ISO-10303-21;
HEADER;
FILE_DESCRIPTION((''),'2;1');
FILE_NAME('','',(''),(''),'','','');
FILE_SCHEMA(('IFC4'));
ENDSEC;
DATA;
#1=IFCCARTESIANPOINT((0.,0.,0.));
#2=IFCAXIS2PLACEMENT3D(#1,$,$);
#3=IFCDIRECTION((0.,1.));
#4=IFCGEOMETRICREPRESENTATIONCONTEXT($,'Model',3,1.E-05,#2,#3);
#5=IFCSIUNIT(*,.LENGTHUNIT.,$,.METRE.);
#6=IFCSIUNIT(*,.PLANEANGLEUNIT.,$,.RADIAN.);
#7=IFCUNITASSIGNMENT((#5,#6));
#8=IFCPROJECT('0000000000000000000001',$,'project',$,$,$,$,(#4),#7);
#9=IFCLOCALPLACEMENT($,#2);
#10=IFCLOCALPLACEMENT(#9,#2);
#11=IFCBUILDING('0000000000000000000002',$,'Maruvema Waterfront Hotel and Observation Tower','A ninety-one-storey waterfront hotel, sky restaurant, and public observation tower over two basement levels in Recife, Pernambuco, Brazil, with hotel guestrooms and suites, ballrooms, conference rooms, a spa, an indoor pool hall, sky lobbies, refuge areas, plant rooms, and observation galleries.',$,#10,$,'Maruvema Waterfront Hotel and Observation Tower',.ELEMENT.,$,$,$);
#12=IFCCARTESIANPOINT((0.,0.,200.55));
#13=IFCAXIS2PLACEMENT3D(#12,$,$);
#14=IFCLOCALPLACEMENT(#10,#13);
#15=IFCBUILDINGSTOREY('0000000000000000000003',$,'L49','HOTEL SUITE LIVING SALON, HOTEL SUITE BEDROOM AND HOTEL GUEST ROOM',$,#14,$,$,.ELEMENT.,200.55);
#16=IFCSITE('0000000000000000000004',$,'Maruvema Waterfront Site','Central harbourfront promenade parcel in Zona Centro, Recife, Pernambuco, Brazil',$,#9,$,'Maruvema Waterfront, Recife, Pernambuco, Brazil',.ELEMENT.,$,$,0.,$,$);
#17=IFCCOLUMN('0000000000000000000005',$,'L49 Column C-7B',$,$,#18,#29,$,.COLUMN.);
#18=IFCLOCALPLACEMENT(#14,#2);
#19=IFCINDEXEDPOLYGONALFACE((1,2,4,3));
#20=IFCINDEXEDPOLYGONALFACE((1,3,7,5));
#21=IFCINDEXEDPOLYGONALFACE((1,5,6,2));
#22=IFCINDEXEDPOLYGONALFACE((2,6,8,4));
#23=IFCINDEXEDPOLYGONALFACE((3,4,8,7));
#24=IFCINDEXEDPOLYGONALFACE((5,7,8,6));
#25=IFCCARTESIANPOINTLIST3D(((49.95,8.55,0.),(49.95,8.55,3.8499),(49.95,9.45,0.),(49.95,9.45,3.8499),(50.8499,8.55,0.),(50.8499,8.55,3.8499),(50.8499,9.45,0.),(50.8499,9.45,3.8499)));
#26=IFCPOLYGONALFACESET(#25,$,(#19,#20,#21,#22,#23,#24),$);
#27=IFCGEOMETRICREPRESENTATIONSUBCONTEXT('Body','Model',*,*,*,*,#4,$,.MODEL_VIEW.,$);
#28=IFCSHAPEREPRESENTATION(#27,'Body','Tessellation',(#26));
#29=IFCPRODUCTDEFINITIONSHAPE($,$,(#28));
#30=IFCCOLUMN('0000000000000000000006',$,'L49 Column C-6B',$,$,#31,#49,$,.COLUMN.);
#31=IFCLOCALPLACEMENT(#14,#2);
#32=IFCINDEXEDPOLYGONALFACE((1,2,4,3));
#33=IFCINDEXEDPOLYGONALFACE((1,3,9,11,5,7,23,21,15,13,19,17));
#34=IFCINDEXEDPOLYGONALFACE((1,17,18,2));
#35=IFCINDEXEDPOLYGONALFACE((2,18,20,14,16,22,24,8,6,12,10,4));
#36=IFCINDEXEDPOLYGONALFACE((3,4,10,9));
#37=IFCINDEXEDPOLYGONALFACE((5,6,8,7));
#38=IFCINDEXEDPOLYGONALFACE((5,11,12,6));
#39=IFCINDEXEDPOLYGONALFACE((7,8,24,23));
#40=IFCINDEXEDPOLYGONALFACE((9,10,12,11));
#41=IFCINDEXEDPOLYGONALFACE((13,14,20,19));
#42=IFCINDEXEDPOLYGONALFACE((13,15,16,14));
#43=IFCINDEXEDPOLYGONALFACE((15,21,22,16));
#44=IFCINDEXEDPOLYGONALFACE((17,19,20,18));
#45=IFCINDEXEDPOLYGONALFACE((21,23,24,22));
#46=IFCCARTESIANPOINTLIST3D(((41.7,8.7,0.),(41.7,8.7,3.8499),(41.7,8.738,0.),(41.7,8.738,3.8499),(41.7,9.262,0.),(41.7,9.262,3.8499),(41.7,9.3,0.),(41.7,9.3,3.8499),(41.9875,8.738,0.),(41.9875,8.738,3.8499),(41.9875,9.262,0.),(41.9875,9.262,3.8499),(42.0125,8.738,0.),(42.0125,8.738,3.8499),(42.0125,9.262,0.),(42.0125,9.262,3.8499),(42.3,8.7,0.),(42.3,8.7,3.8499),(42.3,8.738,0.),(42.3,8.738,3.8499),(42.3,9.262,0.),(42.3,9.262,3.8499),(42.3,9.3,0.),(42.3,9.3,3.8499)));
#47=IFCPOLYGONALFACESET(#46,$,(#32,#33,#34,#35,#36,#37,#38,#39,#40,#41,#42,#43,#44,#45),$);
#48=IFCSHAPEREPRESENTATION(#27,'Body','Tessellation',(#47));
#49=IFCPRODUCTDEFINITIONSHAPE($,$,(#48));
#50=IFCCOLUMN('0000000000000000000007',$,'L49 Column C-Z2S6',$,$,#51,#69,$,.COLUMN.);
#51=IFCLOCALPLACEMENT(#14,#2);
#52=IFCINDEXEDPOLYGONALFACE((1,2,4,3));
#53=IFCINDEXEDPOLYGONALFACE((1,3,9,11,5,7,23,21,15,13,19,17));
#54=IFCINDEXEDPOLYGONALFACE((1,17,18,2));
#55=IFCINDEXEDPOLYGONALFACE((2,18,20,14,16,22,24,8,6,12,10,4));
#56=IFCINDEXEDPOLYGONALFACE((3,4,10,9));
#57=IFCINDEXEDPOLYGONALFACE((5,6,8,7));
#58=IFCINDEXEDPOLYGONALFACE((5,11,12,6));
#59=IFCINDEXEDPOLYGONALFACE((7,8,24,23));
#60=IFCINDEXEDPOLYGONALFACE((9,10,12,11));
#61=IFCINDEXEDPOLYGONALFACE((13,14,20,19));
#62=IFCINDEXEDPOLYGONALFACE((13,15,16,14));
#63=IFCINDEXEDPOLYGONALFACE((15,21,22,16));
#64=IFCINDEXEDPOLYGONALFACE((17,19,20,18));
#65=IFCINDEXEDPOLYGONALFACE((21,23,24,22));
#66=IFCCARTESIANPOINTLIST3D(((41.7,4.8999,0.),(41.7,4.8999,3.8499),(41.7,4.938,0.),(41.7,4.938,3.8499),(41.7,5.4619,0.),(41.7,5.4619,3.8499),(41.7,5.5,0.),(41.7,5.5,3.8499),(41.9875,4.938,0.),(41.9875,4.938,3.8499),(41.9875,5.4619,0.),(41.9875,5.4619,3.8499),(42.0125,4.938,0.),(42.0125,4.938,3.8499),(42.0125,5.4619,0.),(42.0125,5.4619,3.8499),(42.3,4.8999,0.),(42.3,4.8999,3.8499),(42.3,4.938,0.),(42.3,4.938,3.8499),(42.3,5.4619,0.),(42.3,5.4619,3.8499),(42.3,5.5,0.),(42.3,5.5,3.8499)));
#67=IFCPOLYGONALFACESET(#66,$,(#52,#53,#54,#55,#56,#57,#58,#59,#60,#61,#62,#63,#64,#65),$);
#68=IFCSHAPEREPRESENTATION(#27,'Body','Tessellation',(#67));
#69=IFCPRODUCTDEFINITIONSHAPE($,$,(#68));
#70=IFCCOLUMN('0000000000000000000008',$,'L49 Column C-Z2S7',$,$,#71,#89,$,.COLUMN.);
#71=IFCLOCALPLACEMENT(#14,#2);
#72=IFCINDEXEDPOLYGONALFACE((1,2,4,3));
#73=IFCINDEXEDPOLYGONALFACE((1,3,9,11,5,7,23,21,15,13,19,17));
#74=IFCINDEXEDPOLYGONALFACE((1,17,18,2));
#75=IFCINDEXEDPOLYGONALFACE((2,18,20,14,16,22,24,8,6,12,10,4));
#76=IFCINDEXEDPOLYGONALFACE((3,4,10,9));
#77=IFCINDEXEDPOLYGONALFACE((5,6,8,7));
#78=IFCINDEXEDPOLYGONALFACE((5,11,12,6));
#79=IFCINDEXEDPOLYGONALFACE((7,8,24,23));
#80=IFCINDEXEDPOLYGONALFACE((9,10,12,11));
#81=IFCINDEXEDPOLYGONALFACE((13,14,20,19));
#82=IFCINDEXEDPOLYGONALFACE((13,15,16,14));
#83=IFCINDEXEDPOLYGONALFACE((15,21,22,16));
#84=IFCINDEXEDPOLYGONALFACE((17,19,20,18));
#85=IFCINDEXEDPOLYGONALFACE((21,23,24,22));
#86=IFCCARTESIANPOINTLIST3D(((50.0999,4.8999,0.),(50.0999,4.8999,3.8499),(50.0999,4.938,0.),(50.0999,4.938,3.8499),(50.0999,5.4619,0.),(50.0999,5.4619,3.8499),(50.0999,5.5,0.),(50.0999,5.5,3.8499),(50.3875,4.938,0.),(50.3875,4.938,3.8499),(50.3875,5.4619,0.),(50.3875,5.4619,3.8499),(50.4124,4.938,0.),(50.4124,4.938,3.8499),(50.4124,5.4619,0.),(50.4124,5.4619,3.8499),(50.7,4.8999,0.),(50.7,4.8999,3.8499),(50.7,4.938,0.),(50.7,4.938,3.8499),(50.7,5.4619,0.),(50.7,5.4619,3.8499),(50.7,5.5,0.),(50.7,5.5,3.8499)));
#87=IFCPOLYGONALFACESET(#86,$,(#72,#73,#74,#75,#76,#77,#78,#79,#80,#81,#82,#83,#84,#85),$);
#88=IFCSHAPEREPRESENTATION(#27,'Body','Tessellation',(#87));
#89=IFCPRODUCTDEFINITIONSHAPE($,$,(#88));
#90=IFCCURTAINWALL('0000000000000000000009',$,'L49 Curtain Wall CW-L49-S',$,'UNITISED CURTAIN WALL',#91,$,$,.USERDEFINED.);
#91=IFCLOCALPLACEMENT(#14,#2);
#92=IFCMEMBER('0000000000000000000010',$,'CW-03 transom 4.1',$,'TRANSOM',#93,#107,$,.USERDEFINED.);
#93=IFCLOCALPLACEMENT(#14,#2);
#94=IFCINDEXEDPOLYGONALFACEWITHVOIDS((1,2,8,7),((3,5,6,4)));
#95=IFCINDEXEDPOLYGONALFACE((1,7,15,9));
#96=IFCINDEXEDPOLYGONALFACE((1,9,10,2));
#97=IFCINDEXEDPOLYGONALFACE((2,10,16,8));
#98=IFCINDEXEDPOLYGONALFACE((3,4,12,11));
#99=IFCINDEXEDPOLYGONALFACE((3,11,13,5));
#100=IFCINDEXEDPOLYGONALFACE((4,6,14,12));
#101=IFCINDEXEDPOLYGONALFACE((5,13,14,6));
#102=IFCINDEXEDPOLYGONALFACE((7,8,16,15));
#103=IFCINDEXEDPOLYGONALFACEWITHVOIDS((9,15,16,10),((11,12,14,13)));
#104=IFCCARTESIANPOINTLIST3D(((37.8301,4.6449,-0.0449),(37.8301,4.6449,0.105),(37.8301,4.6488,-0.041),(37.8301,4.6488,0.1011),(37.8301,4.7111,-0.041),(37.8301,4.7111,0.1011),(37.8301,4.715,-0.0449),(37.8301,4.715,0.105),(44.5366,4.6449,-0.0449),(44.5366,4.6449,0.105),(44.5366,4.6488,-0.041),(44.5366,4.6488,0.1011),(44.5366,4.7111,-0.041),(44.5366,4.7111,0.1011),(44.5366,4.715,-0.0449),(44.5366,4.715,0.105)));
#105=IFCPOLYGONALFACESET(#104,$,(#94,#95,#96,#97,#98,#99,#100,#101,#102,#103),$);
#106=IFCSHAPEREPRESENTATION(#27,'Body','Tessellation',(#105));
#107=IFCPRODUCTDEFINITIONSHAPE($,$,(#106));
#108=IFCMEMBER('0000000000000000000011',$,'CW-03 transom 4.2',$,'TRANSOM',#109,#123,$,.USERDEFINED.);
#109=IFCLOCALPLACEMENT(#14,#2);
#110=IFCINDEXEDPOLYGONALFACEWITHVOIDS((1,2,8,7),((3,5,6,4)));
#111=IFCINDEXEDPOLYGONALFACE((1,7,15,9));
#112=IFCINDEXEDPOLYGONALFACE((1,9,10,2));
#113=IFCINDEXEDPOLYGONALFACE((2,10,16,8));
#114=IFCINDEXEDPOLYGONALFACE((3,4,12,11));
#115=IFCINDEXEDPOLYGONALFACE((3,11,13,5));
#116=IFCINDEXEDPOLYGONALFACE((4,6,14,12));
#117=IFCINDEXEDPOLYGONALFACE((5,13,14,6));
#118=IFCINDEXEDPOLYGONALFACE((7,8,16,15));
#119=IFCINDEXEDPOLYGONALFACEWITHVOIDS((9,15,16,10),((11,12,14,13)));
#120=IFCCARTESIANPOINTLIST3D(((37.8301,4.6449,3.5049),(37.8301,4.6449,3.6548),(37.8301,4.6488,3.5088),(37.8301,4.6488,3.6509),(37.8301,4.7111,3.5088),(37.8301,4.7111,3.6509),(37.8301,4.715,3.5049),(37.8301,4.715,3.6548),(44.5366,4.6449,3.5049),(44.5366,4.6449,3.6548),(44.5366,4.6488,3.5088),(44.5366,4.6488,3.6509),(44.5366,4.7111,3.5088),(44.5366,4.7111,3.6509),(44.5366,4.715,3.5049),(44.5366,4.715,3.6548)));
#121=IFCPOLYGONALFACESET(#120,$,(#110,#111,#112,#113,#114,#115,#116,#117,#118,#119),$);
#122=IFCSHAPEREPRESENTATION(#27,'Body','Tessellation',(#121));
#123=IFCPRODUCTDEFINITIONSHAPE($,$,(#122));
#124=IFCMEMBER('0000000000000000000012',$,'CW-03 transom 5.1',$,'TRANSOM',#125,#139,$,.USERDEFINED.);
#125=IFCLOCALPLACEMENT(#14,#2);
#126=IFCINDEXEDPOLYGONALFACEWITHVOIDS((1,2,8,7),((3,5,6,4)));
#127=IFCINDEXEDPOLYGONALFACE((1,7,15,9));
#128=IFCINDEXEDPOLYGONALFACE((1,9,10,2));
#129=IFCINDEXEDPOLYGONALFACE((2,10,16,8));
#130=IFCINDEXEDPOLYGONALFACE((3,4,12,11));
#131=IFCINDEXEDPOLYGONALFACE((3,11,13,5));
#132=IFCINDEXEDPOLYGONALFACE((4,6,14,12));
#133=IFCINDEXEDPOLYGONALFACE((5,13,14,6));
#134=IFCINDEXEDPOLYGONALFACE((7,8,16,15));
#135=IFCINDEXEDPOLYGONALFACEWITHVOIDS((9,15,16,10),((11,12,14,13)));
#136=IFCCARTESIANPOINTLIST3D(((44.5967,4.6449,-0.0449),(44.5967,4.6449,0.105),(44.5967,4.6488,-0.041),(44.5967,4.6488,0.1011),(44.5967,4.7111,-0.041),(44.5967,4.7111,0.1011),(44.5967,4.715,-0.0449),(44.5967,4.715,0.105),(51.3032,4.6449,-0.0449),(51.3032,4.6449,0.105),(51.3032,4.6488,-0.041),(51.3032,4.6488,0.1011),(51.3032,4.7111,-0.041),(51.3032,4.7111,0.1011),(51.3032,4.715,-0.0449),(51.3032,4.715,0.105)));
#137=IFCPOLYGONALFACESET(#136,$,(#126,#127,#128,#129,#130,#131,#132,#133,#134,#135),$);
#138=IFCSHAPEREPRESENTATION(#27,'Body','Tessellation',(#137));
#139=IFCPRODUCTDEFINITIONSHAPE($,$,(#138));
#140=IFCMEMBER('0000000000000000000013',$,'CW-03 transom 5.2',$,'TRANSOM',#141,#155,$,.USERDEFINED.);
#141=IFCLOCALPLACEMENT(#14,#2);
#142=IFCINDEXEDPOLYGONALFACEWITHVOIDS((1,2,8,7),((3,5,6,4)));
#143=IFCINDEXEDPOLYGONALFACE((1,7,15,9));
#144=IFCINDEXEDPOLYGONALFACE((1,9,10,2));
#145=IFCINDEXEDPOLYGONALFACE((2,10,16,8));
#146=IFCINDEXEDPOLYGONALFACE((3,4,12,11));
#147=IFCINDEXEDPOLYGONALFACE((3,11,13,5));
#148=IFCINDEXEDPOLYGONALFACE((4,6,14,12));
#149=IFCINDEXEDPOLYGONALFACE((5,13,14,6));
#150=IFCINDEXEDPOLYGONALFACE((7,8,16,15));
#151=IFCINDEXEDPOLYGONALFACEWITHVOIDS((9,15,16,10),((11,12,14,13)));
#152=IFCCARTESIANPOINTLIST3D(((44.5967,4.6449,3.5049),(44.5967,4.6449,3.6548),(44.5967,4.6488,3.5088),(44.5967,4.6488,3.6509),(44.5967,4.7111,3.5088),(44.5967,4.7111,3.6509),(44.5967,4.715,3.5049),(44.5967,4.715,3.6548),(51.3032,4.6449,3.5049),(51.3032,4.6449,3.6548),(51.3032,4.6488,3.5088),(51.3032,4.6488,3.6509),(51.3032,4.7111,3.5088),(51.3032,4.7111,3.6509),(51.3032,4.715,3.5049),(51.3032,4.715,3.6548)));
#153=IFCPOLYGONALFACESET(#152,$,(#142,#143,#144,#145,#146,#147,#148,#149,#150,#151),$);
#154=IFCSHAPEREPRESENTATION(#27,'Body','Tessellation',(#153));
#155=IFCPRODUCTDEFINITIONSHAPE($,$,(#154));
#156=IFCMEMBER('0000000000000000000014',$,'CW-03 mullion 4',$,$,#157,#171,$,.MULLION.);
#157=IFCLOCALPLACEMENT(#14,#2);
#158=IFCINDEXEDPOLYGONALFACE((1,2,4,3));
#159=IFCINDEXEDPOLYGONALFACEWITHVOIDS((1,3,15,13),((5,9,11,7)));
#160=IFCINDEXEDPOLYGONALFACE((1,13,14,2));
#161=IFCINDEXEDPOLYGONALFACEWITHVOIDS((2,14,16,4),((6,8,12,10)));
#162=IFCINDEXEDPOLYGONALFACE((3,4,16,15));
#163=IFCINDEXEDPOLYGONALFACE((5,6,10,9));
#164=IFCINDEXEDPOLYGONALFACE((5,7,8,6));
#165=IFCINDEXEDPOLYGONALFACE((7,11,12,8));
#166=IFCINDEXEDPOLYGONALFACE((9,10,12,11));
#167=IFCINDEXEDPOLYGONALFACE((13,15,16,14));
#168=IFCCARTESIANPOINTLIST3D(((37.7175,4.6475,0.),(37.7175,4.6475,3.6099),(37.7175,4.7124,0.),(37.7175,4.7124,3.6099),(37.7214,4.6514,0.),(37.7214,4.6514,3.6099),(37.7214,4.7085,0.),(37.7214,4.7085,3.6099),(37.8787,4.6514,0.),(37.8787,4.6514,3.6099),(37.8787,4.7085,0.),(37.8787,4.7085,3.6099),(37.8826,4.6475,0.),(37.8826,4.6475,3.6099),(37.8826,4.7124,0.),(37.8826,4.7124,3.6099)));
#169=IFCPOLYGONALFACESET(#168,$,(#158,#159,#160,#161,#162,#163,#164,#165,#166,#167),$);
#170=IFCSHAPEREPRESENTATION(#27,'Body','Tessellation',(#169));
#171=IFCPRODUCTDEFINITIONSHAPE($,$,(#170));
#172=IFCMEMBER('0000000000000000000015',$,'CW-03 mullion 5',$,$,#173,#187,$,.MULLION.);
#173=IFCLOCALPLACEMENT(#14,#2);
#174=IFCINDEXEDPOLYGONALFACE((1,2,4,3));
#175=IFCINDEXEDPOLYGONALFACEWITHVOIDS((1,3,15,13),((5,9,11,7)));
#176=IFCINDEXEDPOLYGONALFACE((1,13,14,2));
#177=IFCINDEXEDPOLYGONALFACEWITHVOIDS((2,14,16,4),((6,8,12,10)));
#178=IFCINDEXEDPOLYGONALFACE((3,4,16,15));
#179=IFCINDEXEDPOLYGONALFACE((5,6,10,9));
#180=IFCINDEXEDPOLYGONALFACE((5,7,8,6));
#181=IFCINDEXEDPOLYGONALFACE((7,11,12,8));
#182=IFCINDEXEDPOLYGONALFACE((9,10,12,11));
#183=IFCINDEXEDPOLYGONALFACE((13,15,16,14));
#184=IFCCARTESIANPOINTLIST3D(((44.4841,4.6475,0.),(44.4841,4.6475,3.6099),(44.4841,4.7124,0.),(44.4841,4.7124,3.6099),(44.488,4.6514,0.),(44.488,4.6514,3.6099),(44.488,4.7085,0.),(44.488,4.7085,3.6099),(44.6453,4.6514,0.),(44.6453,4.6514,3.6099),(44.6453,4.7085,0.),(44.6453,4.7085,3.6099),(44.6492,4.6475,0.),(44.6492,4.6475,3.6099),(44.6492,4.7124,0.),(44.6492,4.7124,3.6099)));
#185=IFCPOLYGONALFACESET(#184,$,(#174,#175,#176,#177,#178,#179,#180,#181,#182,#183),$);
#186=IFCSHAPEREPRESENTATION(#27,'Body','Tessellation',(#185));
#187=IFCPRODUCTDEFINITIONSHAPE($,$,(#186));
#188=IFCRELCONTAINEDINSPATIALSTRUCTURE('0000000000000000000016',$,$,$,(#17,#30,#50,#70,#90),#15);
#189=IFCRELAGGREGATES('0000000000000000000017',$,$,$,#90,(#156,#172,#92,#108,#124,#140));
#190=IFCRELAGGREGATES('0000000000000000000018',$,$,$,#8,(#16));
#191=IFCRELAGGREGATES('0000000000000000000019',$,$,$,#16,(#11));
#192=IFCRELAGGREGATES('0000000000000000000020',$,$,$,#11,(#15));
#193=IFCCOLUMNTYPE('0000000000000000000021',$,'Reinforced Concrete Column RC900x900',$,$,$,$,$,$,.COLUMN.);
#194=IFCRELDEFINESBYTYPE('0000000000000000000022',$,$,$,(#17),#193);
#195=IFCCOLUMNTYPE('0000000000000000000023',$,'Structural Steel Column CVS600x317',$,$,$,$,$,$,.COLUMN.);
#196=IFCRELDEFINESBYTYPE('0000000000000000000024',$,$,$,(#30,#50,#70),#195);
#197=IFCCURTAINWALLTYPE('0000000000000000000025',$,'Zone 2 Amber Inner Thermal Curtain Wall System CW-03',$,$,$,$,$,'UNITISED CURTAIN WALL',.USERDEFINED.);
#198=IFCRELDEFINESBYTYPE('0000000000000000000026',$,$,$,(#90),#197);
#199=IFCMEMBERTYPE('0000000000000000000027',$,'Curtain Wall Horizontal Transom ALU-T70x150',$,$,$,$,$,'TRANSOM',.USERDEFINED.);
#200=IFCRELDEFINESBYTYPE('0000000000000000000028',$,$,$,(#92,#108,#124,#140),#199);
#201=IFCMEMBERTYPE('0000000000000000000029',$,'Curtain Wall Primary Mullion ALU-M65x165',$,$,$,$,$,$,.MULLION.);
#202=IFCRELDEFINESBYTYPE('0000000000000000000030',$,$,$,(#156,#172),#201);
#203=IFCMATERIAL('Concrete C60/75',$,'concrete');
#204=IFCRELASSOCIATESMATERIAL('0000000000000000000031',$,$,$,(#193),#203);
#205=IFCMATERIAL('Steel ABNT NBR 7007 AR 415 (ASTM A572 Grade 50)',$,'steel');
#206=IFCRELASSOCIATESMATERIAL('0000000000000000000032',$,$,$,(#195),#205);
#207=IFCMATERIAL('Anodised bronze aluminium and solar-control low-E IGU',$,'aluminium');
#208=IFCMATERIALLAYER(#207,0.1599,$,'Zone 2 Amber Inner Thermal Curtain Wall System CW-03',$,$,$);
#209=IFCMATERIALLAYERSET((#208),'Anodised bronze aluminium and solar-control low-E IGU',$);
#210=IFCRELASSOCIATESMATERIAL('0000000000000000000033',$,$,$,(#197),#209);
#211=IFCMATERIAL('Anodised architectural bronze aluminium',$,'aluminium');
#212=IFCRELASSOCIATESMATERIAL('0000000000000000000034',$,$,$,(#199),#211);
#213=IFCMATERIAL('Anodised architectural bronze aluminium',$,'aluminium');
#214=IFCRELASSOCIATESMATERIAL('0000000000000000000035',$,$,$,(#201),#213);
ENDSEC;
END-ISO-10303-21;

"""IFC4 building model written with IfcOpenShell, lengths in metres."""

from ifc_helpers import new_model, si_unit, direction, frame, origin, origin_2d, place, context, subcontext, project, spatial, rectangle, hollow_rectangle, i_section, extrude, material, layer, layer_set, material_profile, profile_set, type_object, element, aggregate, save


model = new_model("IFC4")

# Units and contexts
model_context = context("Model", 3, precision=1e-05, world=origin(), true_north=direction((0.0, 1.0)))
body_context = subcontext(model_context, "Body", "Model", "MODEL_VIEW")
ifc_project = project(units=[si_unit("LENGTHUNIT", "METRE"), si_unit("PLANEANGLEUNIT", "RADIAN")], contexts=[model_context])

# Site, building, storey
site_placement = place(None, origin())
site = spatial("IfcSite", under=ifc_project, at=site_placement, Name="Maruvema Waterfront Site", Description="Central harbourfront promenade parcel in Zona Centro, Recife, Pernambuco, Brazil", LongName="Maruvema Waterfront, Recife, Pernambuco, Brazil", CompositionType="ELEMENT", RefElevation=0.0)
building_placement = place(site_placement, origin())
building = spatial("IfcBuilding", under=site, at=building_placement, Name="Maruvema Waterfront Hotel and Observation Tower", Description="A ninety-one-storey waterfront hotel, sky restaurant, and public observation tower over two basement levels in Recife, Pernambuco, Brazil, with hotel guestrooms and suites, ballrooms, conference rooms, a spa, an indoor pool hall, sky lobbies, refuge areas, plant rooms, and observation galleries.", LongName="Maruvema Waterfront Hotel and Observation Tower", CompositionType="ELEMENT")
storey_placement = place(building_placement, frame((0.0, 0.0, 200.55)))
storey = spatial("IfcBuildingStorey", under=building, at=storey_placement, Name="L49", Description="HOTEL SUITE LIVING SALON, HOTEL SUITE BEDROOM AND HOTEL GUEST ROOM", CompositionType="ELEMENT", Elevation=200.55)

# Columns
ifc_material_1 = material(Name="Concrete C60/75", Category="concrete")
ifc_material_profile_1 = material_profile(ifc_material_1, rectangle(XDim=0.8999, YDim=0.8999, at=origin_2d()), Name="RC900x900")
ifc_profile_set_1 = profile_set([ifc_material_profile_1], Name="Concrete C60/75")
column_type_1 = type_object("IfcColumnType", Name="Reinforced Concrete Column RC900x900", PredefinedType="COLUMN", material=ifc_profile_set_1)
column_placement = place(storey_placement, frame((50.3999, 9.0, 0.0), z_axis=(0.0, 0.0, 1.0), x_axis=(1.0, 0.0, 0.0)))
element("IfcColumn", 1, at=column_placement, inside=storey, type_object=column_type_1, Name="L49 Column C-7B", PredefinedType="COLUMN", context=body_context, shape_type="SweptSolid", body=[
    extrude(rectangle(XDim=0.8999, YDim=0.8999, at=origin_2d()), origin(), (0.0, 0.0, 1.0), 3.8499),
])
ifc_material_2 = material(Name="Steel ABNT NBR 7007 AR 415 (ASTM A572 Grade 50)", Category="steel")
ifc_material_profile_2 = material_profile(ifc_material_2, i_section(OverallWidth=0.6001, OverallDepth=0.6001, WebThickness=0.0249, FlangeThickness=0.0381, at=origin_2d()), Name="CVS600x317")
ifc_profile_set_2 = profile_set([ifc_material_profile_2], Name="Steel ABNT NBR 7007 AR 415 (ASTM A572 Grade 50)")
column_type_2 = type_object("IfcColumnType", Name="Structural Steel Column CVS600x317", PredefinedType="COLUMN", material=ifc_profile_set_2)
for number, where, z_axis, x_axis, name in (
    (2, (42.0, 9.0, 0.0), (0.0, 0.0, 1.0), (1.0, 0.0, 0.0), "L49 Column C-6B"),
    (3, (42.0, 5.2, 0.0), (0.0, 0.0, 1.0), (1.0, 0.0, 0.0), "L49 Column C-Z2S6"),
    (4, (50.3999, 5.2, 0.0), (0.0, 0.0, 1.0), (1.0, 0.0, 0.0), "L49 Column C-Z2S7"),
):
    element("IfcColumn", number, at=place(storey_placement, frame(where, z_axis=z_axis, x_axis=x_axis)), inside=storey, type_object=column_type_2, Name=name, PredefinedType="COLUMN", context=body_context, shape_type="SweptSolid", body=[
        extrude(i_section(OverallWidth=0.6001, OverallDepth=0.6001, WebThickness=0.0249, FlangeThickness=0.0381, at=origin_2d()), origin(), (0.0, 0.0, 1.0), 3.8499),
    ])

# Curtain wall, members
ifc_material_3 = material(Name="Anodised bronze aluminium and solar-control low-E IGU", Category="aluminium")
ifc_layer_1 = layer(ifc_material_3, 0.1599, Name="Zone 2 Amber Inner Thermal Curtain Wall System CW-03")
ifc_layer_set_1 = layer_set([ifc_layer_1], Name="Anodised bronze aluminium and solar-control low-E IGU")
curtain_wall_type = type_object("IfcCurtainWallType", Name="Zone 2 Amber Inner Thermal Curtain Wall System CW-03", ElementType="UNITISED CURTAIN WALL", PredefinedType="USERDEFINED", material=ifc_layer_set_1)
curtain_wall_placement = place(storey_placement, origin())
curtain_wall = element("IfcCurtainWall", 5, at=curtain_wall_placement, inside=storey, type_object=curtain_wall_type, Name="L49 Curtain Wall CW-L49-S", ObjectType="UNITISED CURTAIN WALL", PredefinedType="USERDEFINED")
ifc_material_4 = material(Name="Anodised architectural bronze aluminium", Category="aluminium")
ifc_material_profile_3 = material_profile(ifc_material_4, hollow_rectangle(XDim=0.0701, YDim=0.1499, WallThickness=0.0039, at=origin_2d()), Name="ALU-T70x150")
ifc_profile_set_3 = profile_set([ifc_material_profile_3], Name="Anodised architectural bronze aluminium")
member_type_1 = type_object("IfcMemberType", Name="Curtain Wall Horizontal Transom ALU-T70x150", ElementType="TRANSOM", PredefinedType="USERDEFINED", material=ifc_profile_set_3)
member_1_placement = place(storey_placement, frame((37.8301, 4.6799, 0.03), z_axis=(1.0, 0.0, 0.0), x_axis=(0.0, 1.0, 0.0)))
member_1 = element("IfcMember", 6, at=member_1_placement, type_object=member_type_1, Name="CW-03 transom 4.1", ObjectType="TRANSOM", PredefinedType="USERDEFINED", context=body_context, shape_type="SweptSolid", body=[
    extrude(hollow_rectangle(XDim=0.0701, YDim=0.1499, WallThickness=0.0039, at=origin_2d()), origin(), (0.0, 0.0, 1.0), 6.7065),
])
member_2_placement = place(storey_placement, frame((37.8301, 4.6799, 3.5798), z_axis=(1.0, 0.0, 0.0), x_axis=(0.0, 1.0, 0.0)))
member_2 = element("IfcMember", 7, at=member_2_placement, type_object=member_type_1, Name="CW-03 transom 4.2", ObjectType="TRANSOM", PredefinedType="USERDEFINED", context=body_context, shape_type="SweptSolid", body=[
    extrude(hollow_rectangle(XDim=0.0701, YDim=0.1499, WallThickness=0.0039, at=origin_2d()), origin(), (0.0, 0.0, 1.0), 6.7065),
])
member_3_placement = place(storey_placement, frame((44.5967, 4.6799, 0.03), z_axis=(1.0, 0.0, 0.0), x_axis=(0.0, 1.0, 0.0)))
member_3 = element("IfcMember", 8, at=member_3_placement, type_object=member_type_1, Name="CW-03 transom 5.1", ObjectType="TRANSOM", PredefinedType="USERDEFINED", context=body_context, shape_type="SweptSolid", body=[
    extrude(hollow_rectangle(XDim=0.0701, YDim=0.1499, WallThickness=0.0039, at=origin_2d()), origin(), (0.0, 0.0, 1.0), 6.7065),
])
member_4_placement = place(storey_placement, frame((44.5967, 4.6799, 3.5798), z_axis=(1.0, 0.0, 0.0), x_axis=(0.0, 1.0, 0.0)))
member_4 = element("IfcMember", 9, at=member_4_placement, type_object=member_type_1, Name="CW-03 transom 5.2", ObjectType="TRANSOM", PredefinedType="USERDEFINED", context=body_context, shape_type="SweptSolid", body=[
    extrude(hollow_rectangle(XDim=0.0701, YDim=0.1499, WallThickness=0.0039, at=origin_2d()), origin(), (0.0, 0.0, 1.0), 6.7065),
])
ifc_material_5 = material(Name="Anodised architectural bronze aluminium", Category="aluminium")
ifc_material_profile_4 = material_profile(ifc_material_5, hollow_rectangle(XDim=0.0649, YDim=0.165, WallThickness=0.0039, at=origin_2d()), Name="ALU-M65x165")
ifc_profile_set_4 = profile_set([ifc_material_profile_4], Name="Anodised architectural bronze aluminium")
member_type_2 = type_object("IfcMemberType", Name="Curtain Wall Primary Mullion ALU-M65x165", PredefinedType="MULLION", material=ifc_profile_set_4)
member_5_placement = place(storey_placement, frame((37.8, 4.6799, 0.0), z_axis=(0.0, 0.0, 1.0), x_axis=(0.0, 1.0, 0.0)))
member_5 = element("IfcMember", 10, at=member_5_placement, type_object=member_type_2, Name="CW-03 mullion 4", PredefinedType="MULLION", context=body_context, shape_type="SweptSolid", body=[
    extrude(hollow_rectangle(XDim=0.0649, YDim=0.165, WallThickness=0.0039, at=origin_2d()), origin(), (0.0, 0.0, 1.0), 3.6099),
])
member_6_placement = place(storey_placement, frame((44.5667, 4.6799, 0.0), z_axis=(0.0, 0.0, 1.0), x_axis=(0.0, 1.0, 0.0)))
member_6 = element("IfcMember", 11, at=member_6_placement, type_object=member_type_2, Name="CW-03 mullion 5", PredefinedType="MULLION", context=body_context, shape_type="SweptSolid", body=[
    extrude(hollow_rectangle(XDim=0.0649, YDim=0.165, WallThickness=0.0039, at=origin_2d()), origin(), (0.0, 0.0, 1.0), 3.6099),
])

aggregate(curtain_wall, [member_5, member_6, member_1, member_2, member_3, member_4])

save(model, "model.ifc")
